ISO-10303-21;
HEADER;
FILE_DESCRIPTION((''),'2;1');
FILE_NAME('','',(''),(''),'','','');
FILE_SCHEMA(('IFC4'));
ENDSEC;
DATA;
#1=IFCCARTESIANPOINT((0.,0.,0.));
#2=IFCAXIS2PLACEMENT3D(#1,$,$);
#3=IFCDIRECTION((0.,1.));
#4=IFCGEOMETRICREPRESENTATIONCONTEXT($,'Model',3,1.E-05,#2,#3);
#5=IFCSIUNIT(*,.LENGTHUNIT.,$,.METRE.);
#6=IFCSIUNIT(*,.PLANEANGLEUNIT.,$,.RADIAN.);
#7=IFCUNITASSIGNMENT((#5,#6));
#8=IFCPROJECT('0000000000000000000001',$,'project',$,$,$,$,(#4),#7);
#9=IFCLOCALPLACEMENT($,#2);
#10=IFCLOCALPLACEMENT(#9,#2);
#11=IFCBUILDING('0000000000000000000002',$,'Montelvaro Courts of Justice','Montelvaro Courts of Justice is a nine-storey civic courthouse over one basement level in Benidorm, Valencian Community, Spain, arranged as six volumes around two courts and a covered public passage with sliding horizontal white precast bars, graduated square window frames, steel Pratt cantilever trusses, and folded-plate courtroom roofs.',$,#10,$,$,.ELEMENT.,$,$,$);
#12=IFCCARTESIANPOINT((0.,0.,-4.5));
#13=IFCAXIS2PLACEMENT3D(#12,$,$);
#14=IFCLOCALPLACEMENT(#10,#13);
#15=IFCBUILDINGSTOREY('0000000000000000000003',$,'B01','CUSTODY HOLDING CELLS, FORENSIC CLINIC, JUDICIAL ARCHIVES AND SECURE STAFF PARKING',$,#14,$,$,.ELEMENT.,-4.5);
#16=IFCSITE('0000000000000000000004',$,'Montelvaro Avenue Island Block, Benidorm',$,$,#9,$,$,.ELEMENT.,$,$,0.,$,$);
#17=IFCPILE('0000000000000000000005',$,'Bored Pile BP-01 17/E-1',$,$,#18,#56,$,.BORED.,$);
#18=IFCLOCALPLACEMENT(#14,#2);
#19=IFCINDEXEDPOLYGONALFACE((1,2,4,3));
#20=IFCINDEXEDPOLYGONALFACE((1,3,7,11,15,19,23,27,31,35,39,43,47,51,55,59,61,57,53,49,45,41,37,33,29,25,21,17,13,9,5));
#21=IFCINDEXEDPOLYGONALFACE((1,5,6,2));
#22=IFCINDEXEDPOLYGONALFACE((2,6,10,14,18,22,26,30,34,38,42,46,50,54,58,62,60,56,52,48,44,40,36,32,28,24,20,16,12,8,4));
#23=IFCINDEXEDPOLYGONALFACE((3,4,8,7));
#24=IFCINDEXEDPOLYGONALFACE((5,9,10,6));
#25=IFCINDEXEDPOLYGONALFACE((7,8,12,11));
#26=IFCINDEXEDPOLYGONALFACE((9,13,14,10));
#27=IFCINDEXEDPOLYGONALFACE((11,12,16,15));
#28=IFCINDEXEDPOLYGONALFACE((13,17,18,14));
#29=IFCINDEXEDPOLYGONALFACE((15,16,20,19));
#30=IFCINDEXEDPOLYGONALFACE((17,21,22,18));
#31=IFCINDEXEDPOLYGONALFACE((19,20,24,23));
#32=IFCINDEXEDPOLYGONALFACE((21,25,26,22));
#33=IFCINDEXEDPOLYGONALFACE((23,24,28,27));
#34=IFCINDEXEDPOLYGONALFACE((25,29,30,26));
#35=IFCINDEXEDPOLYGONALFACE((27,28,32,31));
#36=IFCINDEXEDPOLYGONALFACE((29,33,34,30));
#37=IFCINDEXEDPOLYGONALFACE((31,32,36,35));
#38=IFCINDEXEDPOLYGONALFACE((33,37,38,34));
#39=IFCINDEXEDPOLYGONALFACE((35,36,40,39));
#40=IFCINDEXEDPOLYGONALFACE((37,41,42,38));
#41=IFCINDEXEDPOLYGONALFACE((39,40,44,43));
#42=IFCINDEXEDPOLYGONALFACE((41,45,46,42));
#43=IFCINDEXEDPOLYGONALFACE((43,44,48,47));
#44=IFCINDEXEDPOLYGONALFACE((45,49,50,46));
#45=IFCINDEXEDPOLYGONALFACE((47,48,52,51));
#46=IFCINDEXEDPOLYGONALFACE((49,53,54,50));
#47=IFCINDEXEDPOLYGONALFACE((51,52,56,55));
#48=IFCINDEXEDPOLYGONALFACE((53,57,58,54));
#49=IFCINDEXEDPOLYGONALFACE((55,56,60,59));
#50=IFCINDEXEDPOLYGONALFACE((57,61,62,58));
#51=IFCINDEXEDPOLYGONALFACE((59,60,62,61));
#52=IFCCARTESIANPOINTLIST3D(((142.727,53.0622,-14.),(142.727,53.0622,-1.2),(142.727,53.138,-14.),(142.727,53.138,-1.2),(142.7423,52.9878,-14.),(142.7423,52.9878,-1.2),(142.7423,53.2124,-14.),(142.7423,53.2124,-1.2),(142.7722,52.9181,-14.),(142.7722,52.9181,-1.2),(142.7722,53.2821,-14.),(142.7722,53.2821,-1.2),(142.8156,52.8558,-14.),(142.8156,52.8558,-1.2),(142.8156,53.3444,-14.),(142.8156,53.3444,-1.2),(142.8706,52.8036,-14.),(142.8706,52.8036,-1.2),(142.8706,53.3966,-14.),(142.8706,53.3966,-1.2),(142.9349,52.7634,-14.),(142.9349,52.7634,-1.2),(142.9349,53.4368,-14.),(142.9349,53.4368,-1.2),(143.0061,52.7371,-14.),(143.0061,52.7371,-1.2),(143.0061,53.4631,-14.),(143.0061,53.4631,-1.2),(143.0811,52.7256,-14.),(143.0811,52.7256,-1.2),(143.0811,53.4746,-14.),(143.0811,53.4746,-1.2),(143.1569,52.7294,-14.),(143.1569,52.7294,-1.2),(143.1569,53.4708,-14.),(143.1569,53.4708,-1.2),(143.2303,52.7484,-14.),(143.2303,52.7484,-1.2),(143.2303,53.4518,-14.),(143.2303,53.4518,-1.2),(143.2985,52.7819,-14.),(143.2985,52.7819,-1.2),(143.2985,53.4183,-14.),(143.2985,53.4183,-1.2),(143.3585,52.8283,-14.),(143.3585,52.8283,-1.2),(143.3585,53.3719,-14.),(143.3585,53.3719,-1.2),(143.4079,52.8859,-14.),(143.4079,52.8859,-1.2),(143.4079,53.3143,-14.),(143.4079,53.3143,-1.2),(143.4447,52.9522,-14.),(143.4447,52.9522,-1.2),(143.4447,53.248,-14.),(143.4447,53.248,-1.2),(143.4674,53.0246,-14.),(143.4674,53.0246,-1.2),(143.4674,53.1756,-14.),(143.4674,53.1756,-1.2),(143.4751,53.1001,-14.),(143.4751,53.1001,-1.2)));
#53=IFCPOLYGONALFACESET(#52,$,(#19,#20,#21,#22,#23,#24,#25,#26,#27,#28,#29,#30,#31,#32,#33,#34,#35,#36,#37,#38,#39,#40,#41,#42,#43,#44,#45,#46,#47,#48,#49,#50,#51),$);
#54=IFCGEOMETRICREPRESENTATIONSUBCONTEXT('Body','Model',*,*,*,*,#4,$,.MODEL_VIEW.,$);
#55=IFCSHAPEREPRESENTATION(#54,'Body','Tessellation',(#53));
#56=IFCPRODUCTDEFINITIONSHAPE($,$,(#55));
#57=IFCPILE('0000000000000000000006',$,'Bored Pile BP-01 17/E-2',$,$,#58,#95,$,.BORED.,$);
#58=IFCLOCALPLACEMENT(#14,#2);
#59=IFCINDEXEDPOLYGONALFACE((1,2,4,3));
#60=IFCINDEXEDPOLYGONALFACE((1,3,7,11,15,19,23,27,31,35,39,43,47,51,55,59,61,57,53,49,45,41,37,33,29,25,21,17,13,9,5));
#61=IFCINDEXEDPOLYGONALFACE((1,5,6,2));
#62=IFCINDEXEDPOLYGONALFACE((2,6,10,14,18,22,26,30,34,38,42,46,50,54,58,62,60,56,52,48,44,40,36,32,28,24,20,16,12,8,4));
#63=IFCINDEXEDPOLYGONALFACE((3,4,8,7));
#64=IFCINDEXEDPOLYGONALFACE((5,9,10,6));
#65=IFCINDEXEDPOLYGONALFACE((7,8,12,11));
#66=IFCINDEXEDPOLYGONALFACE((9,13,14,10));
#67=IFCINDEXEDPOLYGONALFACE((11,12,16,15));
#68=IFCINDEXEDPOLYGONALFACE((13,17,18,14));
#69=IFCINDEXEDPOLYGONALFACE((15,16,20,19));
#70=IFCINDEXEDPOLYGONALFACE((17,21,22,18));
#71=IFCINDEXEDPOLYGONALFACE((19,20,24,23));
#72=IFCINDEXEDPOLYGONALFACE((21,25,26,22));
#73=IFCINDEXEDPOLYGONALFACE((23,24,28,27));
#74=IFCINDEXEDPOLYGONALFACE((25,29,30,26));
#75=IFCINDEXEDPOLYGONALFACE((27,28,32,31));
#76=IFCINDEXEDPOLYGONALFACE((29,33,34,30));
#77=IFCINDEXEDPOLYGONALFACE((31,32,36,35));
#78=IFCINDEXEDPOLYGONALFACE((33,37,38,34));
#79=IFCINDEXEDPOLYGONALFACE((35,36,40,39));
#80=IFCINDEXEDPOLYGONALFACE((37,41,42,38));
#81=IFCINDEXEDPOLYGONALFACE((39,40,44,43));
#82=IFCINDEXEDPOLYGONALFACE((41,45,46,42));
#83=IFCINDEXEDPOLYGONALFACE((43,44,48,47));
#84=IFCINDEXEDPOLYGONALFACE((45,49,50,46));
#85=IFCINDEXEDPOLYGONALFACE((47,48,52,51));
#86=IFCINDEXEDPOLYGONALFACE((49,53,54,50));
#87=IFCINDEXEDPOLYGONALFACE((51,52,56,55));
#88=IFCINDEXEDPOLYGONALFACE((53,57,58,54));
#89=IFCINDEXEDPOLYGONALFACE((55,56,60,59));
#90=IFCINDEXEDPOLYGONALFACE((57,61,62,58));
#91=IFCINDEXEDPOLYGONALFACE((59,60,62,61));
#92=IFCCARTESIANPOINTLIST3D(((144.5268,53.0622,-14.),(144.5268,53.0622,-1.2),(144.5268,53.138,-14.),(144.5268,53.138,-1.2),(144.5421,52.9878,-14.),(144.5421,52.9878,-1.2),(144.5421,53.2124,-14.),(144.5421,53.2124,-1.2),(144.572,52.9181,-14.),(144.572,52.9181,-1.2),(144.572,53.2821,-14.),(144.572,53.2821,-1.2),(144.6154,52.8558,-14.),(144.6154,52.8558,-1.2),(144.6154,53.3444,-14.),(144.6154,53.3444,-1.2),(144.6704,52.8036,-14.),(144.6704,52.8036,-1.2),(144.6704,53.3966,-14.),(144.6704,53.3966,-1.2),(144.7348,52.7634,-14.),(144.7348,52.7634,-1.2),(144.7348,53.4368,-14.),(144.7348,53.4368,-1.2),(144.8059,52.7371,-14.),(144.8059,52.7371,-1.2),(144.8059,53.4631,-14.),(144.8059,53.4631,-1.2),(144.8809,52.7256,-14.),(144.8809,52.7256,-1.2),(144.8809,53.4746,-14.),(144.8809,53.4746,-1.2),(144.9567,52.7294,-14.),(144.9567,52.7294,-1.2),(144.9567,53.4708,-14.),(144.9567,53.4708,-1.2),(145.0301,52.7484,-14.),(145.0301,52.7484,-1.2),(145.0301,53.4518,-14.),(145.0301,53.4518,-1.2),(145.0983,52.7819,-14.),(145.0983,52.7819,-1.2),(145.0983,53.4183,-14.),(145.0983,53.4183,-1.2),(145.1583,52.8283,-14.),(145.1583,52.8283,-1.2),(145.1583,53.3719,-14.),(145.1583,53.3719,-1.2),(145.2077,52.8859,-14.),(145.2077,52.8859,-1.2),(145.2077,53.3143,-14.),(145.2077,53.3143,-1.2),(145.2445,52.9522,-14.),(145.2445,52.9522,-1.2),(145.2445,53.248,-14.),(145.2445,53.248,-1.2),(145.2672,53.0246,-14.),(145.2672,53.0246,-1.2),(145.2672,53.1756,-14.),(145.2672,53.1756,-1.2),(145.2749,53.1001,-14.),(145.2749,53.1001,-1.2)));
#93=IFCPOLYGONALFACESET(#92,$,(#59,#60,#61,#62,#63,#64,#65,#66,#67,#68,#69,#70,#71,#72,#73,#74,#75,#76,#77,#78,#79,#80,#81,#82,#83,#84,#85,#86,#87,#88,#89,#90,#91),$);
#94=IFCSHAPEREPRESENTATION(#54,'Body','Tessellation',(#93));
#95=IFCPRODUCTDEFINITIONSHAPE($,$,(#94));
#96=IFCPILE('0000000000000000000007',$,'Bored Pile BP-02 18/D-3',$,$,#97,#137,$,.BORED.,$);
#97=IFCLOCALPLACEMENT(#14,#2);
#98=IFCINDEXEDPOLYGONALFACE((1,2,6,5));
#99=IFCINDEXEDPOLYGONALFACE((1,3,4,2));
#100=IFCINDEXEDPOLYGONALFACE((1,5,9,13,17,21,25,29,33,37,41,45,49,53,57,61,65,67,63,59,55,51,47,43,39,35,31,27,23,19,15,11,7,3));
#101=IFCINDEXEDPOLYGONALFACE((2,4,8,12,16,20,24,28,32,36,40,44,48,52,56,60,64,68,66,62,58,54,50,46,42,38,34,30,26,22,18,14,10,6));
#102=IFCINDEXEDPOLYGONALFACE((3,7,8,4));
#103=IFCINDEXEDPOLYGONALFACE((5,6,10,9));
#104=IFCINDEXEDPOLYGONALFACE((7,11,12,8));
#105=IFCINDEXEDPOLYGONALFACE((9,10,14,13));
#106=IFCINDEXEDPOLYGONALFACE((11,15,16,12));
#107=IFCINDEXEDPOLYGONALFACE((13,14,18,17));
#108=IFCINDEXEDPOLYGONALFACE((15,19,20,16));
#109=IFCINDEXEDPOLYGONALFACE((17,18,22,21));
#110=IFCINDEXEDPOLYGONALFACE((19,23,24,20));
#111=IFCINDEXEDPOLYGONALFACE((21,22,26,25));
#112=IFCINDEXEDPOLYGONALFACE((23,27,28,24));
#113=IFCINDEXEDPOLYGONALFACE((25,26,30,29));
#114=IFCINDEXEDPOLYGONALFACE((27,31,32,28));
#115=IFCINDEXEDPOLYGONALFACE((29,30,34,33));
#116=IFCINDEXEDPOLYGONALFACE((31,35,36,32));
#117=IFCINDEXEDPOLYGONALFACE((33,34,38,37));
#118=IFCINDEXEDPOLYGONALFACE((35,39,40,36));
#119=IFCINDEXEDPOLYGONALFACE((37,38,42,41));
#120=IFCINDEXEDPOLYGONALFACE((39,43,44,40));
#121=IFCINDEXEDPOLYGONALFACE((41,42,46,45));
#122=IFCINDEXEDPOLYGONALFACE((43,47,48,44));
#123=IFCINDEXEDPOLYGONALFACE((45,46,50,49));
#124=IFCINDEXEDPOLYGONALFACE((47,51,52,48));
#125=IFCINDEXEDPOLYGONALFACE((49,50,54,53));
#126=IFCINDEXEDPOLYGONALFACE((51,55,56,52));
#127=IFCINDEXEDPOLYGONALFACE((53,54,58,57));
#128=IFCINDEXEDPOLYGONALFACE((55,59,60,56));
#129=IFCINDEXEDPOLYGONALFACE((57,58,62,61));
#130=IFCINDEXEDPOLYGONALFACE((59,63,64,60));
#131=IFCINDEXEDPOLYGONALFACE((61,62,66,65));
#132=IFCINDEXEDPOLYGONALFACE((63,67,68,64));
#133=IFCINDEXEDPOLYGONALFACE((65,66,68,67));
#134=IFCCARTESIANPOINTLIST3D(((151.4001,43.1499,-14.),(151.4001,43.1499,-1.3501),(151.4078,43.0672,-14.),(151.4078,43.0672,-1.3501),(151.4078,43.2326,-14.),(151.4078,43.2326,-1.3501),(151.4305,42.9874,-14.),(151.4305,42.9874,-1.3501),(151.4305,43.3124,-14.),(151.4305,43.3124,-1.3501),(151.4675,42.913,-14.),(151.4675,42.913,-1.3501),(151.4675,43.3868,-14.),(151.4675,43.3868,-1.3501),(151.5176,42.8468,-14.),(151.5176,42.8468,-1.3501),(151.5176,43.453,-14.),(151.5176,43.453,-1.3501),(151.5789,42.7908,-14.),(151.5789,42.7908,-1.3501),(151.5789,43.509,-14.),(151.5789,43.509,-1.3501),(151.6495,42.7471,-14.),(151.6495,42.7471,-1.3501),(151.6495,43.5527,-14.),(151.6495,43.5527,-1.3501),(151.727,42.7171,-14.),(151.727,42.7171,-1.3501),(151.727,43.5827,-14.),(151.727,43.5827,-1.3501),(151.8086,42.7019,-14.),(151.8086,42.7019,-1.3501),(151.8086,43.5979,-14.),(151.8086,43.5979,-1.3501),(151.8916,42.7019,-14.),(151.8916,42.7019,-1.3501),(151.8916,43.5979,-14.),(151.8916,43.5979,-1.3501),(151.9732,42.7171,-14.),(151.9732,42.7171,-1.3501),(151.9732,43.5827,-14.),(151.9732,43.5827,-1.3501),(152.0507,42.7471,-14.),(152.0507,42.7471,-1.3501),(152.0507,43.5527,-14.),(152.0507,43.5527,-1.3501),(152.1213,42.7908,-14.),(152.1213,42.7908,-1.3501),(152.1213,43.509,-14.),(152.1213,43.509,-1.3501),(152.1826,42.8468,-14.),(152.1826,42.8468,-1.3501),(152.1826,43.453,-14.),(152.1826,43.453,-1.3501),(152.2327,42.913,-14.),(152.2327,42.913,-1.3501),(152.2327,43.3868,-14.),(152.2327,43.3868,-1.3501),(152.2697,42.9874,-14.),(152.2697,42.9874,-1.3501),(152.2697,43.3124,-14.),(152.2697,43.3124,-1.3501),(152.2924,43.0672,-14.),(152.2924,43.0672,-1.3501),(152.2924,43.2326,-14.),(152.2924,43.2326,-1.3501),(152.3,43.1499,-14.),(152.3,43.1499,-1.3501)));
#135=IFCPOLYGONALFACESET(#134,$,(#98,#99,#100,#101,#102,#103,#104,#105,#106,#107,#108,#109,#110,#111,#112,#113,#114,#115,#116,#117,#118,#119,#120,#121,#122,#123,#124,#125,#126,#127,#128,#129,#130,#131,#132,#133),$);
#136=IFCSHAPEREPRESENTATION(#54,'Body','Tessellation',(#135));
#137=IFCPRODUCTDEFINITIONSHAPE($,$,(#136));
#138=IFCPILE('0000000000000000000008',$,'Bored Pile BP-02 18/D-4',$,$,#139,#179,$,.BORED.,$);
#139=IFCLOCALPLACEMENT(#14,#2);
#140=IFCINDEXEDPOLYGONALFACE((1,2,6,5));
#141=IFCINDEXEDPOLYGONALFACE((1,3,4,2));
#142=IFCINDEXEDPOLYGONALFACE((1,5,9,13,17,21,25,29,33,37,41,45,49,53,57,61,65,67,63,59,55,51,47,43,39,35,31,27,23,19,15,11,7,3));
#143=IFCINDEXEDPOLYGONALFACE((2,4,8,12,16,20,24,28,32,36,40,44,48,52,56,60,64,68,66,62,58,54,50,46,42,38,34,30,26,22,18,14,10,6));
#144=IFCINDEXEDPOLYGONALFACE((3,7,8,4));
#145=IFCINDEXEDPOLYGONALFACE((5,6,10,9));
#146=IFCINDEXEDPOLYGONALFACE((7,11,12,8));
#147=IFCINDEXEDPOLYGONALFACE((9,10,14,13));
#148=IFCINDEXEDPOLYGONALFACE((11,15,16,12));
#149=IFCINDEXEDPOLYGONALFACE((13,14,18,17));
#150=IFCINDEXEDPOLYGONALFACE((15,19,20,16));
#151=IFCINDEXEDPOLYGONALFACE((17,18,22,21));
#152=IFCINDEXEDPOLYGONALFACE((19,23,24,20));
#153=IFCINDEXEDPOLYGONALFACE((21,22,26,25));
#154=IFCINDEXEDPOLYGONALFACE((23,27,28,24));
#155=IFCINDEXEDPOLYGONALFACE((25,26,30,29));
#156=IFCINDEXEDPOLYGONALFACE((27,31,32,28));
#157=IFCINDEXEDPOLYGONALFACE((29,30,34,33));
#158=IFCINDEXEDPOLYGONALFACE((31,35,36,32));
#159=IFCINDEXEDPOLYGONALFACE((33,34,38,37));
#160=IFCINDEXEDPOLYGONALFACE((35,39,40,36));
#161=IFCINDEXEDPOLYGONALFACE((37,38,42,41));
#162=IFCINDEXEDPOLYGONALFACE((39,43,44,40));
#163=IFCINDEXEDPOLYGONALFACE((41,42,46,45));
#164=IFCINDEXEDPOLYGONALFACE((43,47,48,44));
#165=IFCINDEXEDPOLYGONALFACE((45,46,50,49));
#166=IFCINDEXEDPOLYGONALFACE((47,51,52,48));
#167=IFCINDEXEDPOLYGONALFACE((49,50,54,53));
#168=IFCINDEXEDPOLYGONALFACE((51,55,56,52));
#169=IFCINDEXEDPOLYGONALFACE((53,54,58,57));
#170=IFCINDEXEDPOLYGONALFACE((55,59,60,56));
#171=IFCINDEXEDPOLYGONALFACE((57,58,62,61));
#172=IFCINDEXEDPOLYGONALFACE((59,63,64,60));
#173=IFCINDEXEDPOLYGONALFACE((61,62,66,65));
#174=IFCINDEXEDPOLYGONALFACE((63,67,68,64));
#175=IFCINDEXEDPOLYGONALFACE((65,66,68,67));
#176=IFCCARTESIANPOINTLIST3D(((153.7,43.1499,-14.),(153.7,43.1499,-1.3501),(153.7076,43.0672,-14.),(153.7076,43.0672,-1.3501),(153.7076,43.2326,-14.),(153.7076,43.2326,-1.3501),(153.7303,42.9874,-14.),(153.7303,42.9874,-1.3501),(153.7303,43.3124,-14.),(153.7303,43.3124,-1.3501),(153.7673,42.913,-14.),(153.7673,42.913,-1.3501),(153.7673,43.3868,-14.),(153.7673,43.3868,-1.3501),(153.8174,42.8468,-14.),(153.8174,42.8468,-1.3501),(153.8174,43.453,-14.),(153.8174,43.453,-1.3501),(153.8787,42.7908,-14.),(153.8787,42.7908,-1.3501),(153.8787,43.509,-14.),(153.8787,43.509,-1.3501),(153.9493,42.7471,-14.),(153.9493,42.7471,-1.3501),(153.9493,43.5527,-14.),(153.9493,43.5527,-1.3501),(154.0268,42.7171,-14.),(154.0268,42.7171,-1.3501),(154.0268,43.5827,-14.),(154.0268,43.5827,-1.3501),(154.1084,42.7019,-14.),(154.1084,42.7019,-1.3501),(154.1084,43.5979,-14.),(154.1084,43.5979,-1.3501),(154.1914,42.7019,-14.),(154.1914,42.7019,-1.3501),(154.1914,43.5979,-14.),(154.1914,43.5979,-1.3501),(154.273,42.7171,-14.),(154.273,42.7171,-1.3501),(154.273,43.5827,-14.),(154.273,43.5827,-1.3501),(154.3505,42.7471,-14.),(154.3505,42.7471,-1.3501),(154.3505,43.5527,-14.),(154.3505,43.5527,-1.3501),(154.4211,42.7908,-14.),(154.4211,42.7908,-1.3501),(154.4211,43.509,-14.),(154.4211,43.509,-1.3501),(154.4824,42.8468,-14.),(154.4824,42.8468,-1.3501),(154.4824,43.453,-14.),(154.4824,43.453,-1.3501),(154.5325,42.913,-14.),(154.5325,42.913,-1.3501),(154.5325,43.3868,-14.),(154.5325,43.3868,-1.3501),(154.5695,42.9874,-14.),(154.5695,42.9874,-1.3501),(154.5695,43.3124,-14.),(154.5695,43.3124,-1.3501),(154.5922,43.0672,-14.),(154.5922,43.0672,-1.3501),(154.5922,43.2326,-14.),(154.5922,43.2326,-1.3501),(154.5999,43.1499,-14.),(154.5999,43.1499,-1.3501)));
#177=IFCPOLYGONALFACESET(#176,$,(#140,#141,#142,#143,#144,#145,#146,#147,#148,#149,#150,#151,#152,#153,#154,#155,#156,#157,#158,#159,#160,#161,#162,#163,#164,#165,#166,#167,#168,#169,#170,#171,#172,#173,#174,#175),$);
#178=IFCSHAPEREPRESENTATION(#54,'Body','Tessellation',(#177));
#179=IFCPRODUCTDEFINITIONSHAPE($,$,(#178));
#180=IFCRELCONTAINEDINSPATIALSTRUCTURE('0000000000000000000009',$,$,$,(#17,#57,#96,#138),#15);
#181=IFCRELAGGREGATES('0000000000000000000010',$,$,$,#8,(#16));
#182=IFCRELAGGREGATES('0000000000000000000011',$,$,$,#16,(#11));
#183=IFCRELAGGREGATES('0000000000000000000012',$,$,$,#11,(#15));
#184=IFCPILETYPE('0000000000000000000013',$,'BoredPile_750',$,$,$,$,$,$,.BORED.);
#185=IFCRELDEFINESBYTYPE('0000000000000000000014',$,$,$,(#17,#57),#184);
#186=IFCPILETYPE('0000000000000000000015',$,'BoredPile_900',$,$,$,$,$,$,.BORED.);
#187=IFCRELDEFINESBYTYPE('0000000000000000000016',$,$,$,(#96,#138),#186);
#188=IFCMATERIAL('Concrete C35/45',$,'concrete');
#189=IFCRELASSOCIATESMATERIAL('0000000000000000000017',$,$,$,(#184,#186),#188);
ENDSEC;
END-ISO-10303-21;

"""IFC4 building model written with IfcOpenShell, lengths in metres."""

from ifc_helpers import new_model, si_unit, direction, frame, origin, origin_2d, place, context, subcontext, project, spatial, circle, extrude, material, material_profile, profile_set, type_object, element, save


model = new_model("IFC4")

# Units and contexts
model_context = context("Model", 3, precision=1e-05, world=origin(), true_north=direction((0.0, 1.0)))
body_context = subcontext(model_context, "Body", "Model", "MODEL_VIEW")
ifc_project = project(units=[si_unit("LENGTHUNIT", "METRE"), si_unit("PLANEANGLEUNIT", "RADIAN")], contexts=[model_context])

# Site, building, storey
site_placement = place(None, origin())
site = spatial("IfcSite", under=ifc_project, at=site_placement, Name="Montelvaro Avenue Island Block, Benidorm", CompositionType="ELEMENT", RefElevation=0.0)
building_placement = place(site_placement, origin())
building = spatial("IfcBuilding", under=site, at=building_placement, Name="Montelvaro Courts of Justice", Description="Montelvaro Courts of Justice is a nine-storey civic courthouse over one basement level in Benidorm, Valencian Community, Spain, arranged as six volumes around two courts and a covered public passage with sliding horizontal white precast bars, graduated square window frames, steel Pratt cantilever trusses, and folded-plate courtroom roofs.", CompositionType="ELEMENT")
storey_placement = place(building_placement, frame((0.0, 0.0, -4.5)))
storey = spatial("IfcBuildingStorey", under=building, at=storey_placement, Name="B01", Description="CUSTODY HOLDING CELLS, FORENSIC CLINIC, JUDICIAL ARCHIVES AND SECURE STAFF PARKING", CompositionType="ELEMENT", Elevation=-4.5)

# Piles
ifc_material_1 = material(Name="Concrete C35/45", Category="concrete")
ifc_material_profile_1 = material_profile(ifc_material_1, circle(Radius=0.375, at=origin_2d()), Name="BORED PILE D750")
ifc_profile_set_1 = profile_set([ifc_material_profile_1], Name="Concrete C35/45")
pile_type_1 = type_object("IfcPileType", Name="BoredPile_750", PredefinedType="BORED", material=ifc_profile_set_1)
for number, where, z_axis, x_axis, name in (
    (1, (143.1001, 53.1001, -1.2), (0.0, 0.0, -1.0), (1.0, 0.0, 0.0), "Bored Pile BP-01 17/E-1"),
    (2, (144.8999, 53.1001, -1.2), (0.0, 0.0, -1.0), (1.0, 0.0, 0.0), "Bored Pile BP-01 17/E-2"),
):
    element("IfcPile", number, at=place(storey_placement, frame(where, z_axis=z_axis, x_axis=x_axis)), inside=storey, type_object=pile_type_1, Name=name, PredefinedType="BORED", context=body_context, shape_type="SweptSolid", body=[
        extrude(circle(Radius=0.375, at=origin_2d()), origin(), (0.0, 0.0, 1.0), 12.8),
    ])
ifc_material_profile_2 = material_profile(ifc_material_1, circle(Radius=0.45, at=origin_2d()), Name="BORED PILE D900")
ifc_profile_set_2 = profile_set([ifc_material_profile_2], Name="Concrete C35/45")
pile_type_2 = type_object("IfcPileType", Name="BoredPile_900", PredefinedType="BORED", material=ifc_profile_set_2)
for number, where, z_axis, x_axis, name in (
    (3, (151.8501, 43.1499, -1.3501), (0.0, 0.0, -1.0), (1.0, 0.0, 0.0), "Bored Pile BP-02 18/D-3"),
    (4, (154.1499, 43.1499, -1.3501), (0.0, 0.0, -1.0), (1.0, 0.0, 0.0), "Bored Pile BP-02 18/D-4"),
):
    element("IfcPile", number, at=place(storey_placement, frame(where, z_axis=z_axis, x_axis=x_axis)), inside=storey, type_object=pile_type_2, Name=name, PredefinedType="BORED", context=body_context, shape_type="SweptSolid", body=[
        extrude(circle(Radius=0.45, at=origin_2d()), origin(), (0.0, 0.0, 1.0), 12.6499),
    ])

save(model, "model.ifc")
